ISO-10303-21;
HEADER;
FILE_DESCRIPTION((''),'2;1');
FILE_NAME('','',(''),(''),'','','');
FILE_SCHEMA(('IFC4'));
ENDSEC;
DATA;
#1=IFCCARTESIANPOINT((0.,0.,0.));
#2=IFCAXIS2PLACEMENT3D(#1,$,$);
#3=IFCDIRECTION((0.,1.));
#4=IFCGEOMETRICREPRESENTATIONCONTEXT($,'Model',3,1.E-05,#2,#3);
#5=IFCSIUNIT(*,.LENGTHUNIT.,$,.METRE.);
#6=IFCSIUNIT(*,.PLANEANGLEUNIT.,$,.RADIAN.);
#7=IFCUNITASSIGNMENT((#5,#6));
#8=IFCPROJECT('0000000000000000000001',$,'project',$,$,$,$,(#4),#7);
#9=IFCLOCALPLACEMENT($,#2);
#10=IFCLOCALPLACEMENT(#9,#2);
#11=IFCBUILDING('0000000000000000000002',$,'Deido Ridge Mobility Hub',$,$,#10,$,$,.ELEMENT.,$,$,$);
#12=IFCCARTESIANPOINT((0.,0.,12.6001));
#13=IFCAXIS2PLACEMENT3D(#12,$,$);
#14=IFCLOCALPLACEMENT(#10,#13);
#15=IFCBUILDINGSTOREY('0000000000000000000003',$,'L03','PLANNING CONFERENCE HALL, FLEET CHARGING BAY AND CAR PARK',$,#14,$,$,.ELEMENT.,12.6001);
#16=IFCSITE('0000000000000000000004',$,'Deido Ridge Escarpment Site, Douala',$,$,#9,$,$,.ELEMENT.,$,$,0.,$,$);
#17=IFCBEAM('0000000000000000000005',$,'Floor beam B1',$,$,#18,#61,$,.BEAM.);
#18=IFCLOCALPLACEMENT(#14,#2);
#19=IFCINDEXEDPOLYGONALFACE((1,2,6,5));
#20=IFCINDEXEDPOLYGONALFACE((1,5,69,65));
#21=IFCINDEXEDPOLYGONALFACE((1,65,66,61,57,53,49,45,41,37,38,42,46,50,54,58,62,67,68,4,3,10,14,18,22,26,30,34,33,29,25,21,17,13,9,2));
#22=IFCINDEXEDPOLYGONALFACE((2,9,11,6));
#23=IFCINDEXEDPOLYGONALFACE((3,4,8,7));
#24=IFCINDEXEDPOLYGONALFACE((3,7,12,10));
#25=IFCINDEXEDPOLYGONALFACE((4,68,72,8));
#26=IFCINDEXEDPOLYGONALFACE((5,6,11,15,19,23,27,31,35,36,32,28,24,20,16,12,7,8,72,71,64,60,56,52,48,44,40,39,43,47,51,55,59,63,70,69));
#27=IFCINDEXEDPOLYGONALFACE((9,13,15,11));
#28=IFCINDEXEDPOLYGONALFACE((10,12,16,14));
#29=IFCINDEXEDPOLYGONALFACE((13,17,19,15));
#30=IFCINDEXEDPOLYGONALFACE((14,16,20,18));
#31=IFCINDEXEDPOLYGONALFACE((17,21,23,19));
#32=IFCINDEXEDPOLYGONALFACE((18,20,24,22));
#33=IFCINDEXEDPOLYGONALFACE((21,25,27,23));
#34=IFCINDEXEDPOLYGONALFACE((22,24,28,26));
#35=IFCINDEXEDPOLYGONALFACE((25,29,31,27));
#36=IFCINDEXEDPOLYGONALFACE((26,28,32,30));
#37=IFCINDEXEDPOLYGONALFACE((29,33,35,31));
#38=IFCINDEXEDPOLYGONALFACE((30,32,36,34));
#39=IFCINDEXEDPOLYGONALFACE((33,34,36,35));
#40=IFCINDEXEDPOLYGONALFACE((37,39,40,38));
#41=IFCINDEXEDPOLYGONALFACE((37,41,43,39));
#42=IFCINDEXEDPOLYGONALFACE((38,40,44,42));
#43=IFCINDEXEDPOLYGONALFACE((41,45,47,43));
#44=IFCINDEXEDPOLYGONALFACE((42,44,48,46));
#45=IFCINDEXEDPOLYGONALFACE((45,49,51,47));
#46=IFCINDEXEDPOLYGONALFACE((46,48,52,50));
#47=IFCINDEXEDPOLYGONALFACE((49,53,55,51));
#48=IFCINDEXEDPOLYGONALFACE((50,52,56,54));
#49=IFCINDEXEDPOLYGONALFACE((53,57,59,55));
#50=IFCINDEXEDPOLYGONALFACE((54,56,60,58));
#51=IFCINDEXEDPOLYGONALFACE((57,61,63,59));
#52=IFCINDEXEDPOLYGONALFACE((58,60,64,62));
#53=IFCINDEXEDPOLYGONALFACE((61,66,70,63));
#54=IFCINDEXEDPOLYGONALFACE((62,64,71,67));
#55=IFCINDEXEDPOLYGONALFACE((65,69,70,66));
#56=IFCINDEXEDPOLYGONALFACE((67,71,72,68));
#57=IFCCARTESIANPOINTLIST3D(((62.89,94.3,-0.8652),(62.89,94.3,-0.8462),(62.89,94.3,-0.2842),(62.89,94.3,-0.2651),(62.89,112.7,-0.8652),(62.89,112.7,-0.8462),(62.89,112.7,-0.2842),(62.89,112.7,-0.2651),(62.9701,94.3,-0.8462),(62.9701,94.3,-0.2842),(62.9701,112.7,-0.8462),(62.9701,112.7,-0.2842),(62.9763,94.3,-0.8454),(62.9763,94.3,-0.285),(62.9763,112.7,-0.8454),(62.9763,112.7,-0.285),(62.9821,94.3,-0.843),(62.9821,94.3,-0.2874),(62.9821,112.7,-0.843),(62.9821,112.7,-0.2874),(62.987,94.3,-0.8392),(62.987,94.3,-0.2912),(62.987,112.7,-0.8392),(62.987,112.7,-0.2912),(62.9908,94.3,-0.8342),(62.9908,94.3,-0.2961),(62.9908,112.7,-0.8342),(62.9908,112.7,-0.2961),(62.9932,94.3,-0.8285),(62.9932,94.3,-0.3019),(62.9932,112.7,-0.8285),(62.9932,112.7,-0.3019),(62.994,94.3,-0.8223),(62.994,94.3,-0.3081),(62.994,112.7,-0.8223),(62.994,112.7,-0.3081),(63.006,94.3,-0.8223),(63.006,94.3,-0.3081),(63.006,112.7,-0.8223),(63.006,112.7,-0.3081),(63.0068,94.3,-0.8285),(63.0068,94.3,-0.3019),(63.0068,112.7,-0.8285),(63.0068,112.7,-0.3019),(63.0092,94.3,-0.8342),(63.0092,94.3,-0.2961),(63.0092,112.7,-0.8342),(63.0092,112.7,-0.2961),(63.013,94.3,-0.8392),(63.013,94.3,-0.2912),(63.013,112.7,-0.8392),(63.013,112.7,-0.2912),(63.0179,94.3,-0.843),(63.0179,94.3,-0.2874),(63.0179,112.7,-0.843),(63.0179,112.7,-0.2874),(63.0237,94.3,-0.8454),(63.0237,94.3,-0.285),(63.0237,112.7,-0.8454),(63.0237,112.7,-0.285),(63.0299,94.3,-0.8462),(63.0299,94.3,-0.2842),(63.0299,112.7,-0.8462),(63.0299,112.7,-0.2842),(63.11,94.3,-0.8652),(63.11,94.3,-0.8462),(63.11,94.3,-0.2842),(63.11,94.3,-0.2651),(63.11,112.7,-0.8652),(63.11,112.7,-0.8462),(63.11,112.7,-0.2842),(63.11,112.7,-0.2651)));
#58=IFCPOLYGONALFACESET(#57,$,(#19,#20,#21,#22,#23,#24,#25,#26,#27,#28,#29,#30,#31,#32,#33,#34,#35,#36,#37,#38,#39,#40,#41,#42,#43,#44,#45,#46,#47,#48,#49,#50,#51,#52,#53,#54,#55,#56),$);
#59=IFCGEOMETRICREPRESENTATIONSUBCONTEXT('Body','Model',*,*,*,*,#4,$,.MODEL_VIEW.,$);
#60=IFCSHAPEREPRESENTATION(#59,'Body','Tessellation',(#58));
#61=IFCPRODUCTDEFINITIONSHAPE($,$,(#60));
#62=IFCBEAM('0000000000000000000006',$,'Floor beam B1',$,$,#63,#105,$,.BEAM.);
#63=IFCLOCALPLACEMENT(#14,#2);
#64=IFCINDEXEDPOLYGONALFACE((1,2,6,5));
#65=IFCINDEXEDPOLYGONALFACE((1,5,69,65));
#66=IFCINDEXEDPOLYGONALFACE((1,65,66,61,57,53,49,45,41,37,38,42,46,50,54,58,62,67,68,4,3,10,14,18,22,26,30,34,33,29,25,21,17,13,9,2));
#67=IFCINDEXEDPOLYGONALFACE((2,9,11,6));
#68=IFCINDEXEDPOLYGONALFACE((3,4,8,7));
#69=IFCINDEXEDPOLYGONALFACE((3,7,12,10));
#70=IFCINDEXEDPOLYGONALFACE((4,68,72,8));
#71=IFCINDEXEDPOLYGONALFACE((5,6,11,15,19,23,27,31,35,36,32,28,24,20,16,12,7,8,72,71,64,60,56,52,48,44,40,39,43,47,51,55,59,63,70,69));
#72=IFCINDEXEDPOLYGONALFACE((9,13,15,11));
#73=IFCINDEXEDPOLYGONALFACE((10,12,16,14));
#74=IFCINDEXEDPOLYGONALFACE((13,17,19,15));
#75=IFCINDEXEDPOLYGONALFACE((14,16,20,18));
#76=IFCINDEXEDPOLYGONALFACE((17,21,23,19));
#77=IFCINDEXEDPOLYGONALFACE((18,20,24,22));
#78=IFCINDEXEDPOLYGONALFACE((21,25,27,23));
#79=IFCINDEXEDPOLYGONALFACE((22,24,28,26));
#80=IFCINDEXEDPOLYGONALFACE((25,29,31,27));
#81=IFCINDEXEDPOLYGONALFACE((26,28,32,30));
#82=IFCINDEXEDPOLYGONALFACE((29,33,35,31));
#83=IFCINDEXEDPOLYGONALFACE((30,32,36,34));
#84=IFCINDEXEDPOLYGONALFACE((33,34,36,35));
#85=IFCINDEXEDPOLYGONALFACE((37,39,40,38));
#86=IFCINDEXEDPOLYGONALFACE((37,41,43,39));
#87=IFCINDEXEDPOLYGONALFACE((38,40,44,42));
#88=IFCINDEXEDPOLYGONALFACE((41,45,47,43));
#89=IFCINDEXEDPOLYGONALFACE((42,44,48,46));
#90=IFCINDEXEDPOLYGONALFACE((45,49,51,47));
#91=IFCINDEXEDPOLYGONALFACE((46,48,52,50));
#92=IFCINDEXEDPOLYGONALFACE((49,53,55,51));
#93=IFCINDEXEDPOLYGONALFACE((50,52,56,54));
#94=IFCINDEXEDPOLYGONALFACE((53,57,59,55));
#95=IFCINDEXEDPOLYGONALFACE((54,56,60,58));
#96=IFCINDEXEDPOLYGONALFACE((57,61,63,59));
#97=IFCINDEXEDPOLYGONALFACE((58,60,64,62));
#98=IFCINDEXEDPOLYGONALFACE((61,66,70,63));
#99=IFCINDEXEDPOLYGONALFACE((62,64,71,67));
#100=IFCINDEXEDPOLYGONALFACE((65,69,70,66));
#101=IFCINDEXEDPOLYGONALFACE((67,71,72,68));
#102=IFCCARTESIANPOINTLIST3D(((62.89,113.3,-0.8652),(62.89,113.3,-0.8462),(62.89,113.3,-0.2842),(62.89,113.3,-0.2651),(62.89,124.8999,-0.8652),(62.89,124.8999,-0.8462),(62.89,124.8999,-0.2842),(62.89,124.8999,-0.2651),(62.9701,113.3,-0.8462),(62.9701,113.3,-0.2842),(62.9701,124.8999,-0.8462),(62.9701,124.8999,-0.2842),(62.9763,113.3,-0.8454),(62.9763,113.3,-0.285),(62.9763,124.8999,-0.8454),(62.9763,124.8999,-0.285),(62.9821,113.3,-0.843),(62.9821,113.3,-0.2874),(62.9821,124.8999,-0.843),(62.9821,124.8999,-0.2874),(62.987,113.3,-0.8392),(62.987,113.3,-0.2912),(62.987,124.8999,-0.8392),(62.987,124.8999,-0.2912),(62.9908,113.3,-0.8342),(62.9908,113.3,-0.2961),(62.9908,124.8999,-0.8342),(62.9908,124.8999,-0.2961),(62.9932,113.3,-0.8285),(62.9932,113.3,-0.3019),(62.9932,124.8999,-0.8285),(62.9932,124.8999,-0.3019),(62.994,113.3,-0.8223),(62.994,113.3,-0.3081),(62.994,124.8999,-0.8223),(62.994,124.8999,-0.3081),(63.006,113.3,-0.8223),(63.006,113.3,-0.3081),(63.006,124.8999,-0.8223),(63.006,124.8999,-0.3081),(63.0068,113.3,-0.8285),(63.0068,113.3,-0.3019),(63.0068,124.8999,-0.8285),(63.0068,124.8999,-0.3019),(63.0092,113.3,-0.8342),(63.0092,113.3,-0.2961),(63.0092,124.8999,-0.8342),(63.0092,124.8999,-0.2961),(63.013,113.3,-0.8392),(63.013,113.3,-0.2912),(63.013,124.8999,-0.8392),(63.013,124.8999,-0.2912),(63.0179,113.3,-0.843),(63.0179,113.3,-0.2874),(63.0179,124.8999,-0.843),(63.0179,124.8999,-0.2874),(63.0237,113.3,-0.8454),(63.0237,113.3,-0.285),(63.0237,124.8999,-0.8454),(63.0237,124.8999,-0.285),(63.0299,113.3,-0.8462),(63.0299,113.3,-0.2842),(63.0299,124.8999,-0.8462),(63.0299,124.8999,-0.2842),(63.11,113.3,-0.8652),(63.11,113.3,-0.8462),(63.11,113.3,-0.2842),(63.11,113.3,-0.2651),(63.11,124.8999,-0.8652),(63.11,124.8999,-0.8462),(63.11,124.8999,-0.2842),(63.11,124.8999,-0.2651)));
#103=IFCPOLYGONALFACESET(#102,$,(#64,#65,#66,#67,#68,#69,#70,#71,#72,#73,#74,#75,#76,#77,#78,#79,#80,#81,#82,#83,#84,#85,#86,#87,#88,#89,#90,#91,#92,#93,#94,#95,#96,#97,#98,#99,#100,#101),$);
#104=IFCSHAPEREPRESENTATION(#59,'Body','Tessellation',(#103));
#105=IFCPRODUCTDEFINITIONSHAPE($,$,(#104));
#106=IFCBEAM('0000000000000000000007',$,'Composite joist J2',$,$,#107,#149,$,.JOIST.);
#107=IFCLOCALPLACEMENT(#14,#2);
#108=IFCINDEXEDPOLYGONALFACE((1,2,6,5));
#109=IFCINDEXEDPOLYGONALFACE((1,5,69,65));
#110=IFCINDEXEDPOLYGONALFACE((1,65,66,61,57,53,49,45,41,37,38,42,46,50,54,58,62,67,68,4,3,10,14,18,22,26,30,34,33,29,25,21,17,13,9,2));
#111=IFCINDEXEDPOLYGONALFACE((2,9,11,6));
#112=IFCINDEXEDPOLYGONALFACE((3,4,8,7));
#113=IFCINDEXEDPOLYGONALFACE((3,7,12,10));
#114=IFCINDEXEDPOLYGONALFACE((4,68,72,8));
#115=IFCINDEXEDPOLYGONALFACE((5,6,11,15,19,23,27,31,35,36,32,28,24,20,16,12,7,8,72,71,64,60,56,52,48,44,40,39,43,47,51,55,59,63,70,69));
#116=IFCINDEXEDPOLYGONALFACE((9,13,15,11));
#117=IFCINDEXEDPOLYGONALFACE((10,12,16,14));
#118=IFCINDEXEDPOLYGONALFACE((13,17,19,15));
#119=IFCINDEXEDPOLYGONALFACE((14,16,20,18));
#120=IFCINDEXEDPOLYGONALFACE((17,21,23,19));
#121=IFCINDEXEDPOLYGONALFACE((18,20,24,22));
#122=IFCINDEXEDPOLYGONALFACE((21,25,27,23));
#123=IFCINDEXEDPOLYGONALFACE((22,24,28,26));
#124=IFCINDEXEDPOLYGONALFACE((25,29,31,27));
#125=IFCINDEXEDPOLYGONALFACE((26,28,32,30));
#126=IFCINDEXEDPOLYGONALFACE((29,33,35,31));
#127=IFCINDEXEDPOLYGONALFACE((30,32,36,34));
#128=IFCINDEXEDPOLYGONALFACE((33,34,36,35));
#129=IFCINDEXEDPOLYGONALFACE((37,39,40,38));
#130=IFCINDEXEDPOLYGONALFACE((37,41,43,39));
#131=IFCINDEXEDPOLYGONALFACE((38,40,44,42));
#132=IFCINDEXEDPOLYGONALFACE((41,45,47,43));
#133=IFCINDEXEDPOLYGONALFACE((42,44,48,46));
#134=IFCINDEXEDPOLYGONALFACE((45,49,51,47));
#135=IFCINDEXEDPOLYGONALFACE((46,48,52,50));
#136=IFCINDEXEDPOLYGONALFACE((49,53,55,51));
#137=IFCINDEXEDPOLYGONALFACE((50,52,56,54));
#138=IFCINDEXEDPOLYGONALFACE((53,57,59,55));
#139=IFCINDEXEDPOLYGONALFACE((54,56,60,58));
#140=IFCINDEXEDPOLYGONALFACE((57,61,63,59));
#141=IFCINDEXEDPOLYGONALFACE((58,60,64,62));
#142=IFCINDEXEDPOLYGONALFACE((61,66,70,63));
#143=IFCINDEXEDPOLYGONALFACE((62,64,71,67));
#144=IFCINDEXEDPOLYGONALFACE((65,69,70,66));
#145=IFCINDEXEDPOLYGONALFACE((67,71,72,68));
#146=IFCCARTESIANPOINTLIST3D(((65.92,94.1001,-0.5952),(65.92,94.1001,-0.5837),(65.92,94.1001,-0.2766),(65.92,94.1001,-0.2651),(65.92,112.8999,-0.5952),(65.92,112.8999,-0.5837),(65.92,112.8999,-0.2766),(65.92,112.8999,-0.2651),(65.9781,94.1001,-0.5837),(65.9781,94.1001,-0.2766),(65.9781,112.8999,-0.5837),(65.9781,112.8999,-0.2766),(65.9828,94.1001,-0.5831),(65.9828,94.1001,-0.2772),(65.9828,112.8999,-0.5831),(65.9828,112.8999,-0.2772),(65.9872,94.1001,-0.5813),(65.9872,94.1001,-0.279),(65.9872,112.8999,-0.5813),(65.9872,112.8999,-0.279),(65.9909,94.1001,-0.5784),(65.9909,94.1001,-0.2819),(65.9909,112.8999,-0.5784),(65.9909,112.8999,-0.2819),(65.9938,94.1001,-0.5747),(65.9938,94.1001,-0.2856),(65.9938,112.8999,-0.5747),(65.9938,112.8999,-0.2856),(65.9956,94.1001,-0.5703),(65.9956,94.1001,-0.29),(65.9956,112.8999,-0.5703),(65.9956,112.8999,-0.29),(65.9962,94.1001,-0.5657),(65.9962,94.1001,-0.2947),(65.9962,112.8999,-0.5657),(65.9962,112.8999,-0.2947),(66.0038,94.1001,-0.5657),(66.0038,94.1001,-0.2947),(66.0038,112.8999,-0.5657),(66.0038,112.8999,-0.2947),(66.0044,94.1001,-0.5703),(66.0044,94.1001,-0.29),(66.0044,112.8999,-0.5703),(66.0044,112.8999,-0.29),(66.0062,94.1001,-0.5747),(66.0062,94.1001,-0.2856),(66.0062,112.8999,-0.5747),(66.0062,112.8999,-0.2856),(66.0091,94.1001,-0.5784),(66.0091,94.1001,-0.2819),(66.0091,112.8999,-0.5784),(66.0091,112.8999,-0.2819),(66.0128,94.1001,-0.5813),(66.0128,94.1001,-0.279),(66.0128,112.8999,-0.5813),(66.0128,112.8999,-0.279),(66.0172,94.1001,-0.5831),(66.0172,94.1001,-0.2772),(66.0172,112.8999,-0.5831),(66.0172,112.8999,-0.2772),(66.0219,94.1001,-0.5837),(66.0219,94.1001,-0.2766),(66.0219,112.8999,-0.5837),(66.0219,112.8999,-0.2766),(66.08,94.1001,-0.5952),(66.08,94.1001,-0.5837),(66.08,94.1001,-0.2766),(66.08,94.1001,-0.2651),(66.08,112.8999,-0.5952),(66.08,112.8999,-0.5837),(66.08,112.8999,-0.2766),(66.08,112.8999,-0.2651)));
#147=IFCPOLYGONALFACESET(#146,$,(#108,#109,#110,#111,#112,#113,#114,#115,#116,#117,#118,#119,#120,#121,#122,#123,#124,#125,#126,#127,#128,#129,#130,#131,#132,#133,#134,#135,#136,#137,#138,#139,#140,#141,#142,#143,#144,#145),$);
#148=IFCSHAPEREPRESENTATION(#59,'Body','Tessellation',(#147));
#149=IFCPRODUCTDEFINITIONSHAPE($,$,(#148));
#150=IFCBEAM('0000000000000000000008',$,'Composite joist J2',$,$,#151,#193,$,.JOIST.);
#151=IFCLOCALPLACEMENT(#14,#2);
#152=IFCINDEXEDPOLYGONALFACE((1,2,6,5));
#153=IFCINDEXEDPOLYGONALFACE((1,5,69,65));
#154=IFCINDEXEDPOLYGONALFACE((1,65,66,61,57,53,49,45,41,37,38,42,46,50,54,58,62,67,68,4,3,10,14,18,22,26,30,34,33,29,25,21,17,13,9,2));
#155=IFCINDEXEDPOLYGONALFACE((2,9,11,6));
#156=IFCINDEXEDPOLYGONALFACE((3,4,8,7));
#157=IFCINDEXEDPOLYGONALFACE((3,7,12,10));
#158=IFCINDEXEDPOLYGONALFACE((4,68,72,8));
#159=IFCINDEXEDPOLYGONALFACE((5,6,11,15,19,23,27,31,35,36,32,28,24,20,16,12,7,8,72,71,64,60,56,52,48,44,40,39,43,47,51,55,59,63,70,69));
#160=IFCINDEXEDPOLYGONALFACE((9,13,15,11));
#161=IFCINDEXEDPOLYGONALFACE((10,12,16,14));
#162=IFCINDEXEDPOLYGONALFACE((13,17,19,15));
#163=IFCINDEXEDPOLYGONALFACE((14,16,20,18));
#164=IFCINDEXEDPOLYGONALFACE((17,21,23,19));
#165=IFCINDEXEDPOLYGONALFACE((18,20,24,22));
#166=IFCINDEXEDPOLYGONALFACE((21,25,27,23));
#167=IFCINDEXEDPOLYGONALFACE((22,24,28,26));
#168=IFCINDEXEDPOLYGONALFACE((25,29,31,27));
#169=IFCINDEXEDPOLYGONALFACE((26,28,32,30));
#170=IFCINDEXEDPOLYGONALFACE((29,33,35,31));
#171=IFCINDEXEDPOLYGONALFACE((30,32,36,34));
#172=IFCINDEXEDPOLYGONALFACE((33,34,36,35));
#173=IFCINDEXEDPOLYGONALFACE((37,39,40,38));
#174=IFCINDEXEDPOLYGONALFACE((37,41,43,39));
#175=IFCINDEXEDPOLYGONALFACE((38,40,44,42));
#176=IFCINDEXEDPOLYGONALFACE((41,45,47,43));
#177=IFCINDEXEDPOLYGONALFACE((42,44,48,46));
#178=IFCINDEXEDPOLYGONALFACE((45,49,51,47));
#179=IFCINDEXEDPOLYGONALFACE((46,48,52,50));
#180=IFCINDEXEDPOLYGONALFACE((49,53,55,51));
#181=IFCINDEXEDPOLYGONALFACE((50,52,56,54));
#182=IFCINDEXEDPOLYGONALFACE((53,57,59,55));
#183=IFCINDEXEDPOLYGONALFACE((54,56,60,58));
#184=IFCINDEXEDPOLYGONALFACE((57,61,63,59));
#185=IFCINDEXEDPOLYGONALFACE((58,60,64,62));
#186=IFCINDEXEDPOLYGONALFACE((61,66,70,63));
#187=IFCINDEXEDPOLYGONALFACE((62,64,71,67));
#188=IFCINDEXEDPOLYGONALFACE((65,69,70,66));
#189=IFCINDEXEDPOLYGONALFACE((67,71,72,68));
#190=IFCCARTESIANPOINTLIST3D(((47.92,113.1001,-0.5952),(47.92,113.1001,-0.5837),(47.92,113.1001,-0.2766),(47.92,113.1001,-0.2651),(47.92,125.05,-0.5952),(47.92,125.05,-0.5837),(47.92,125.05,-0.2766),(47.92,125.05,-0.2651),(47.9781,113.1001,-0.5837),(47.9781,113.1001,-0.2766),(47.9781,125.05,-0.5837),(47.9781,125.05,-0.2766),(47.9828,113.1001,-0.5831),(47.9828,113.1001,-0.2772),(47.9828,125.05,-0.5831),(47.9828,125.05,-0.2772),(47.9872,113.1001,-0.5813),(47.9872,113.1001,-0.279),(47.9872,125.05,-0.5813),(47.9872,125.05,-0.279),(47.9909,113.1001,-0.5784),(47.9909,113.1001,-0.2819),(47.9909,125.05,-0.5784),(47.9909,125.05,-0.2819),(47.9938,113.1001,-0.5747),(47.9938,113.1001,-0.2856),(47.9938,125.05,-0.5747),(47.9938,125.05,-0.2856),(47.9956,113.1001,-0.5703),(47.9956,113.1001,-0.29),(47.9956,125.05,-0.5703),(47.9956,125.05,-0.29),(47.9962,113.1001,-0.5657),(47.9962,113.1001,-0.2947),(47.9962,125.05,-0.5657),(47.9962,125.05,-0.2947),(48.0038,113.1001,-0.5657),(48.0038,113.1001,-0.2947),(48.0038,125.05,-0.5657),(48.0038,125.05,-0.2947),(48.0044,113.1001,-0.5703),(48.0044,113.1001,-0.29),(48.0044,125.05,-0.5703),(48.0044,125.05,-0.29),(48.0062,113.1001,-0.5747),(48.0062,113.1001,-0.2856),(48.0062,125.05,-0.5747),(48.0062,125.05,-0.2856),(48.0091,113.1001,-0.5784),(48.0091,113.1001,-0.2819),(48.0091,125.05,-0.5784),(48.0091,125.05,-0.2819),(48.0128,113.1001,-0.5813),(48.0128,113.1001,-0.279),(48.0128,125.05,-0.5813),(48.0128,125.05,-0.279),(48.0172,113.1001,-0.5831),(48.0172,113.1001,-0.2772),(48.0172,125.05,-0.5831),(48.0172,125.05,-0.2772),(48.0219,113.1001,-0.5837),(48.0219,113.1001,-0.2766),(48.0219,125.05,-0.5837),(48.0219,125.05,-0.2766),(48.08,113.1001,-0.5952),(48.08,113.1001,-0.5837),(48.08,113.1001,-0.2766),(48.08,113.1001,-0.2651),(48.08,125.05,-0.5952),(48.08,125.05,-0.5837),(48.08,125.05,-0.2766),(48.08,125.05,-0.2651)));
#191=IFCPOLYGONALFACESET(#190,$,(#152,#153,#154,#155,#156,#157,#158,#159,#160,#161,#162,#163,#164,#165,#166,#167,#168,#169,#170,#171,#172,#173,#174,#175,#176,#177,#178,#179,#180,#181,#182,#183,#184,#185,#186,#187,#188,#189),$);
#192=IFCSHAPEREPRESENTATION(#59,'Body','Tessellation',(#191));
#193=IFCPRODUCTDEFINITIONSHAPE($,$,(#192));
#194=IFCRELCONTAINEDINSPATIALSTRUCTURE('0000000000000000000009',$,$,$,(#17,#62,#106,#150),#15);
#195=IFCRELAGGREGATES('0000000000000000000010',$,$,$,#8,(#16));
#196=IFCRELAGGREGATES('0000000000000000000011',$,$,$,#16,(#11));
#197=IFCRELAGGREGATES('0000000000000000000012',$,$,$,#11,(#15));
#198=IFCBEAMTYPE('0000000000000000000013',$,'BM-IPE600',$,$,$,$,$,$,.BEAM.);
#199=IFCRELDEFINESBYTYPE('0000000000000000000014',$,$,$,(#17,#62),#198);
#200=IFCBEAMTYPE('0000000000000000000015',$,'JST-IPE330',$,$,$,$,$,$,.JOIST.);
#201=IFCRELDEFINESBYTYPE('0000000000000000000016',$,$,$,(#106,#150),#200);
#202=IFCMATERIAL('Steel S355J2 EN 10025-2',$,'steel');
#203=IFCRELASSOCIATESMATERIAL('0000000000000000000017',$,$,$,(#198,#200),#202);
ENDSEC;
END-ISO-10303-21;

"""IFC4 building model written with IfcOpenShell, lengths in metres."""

from ifc_helpers import new_model, si_unit, direction, frame, origin, origin_2d, place, context, subcontext, project, spatial, i_section, extrude, material, material_profile, profile_set, type_object, element, save


model = new_model("IFC4")

# Units and contexts
model_context = context("Model", 3, precision=1e-05, world=origin(), true_north=direction((0.0, 1.0)))
body_context = subcontext(model_context, "Body", "Model", "MODEL_VIEW")
ifc_project = project(units=[si_unit("LENGTHUNIT", "METRE"), si_unit("PLANEANGLEUNIT", "RADIAN")], contexts=[model_context])

# Site, building, storey
site_placement = place(None, origin())
site = spatial("IfcSite", under=ifc_project, at=site_placement, Name="Deido Ridge Escarpment Site, Douala", CompositionType="ELEMENT", RefElevation=0.0)
building_placement = place(site_placement, origin())
building = spatial("IfcBuilding", under=site, at=building_placement, Name="Deido Ridge Mobility Hub", CompositionType="ELEMENT")
storey_placement = place(building_placement, frame((0.0, 0.0, 12.6001)))
storey = spatial("IfcBuildingStorey", under=building, at=storey_placement, Name="L03", Description="PLANNING CONFERENCE HALL, FLEET CHARGING BAY AND CAR PARK", CompositionType="ELEMENT", Elevation=12.6001)

# Shared definitions
ifc_material_1 = material(Name="Steel S355J2 EN 10025-2", Category="steel")

# Beams
ifc_material_profile_1 = material_profile(ifc_material_1, i_section(OverallWidth=0.22, OverallDepth=0.6001, WebThickness=0.012, FlangeThickness=0.019, FilletRadius=0.0239, at=origin_2d()), Name="IPE 600")
ifc_profile_set_1 = profile_set([ifc_material_profile_1], Name="Steel S355J2 EN 10025-2")
beam_type_1 = type_object("IfcBeamType", Name="BM-IPE600", PredefinedType="BEAM", material=ifc_profile_set_1)
beam_1_placement = place(storey_placement, frame((63.0, 94.3, -0.5652), z_axis=(0.0, 1.0, 0.0), x_axis=(-1.0, 0.0, 0.0)))
element("IfcBeam", 1, at=beam_1_placement, inside=storey, type_object=beam_type_1, Name="Floor beam B1", PredefinedType="BEAM", context=body_context, shape_type="SweptSolid", body=[
    extrude(i_section(OverallWidth=0.22, OverallDepth=0.6001, WebThickness=0.012, FlangeThickness=0.019, FilletRadius=0.0239, at=origin_2d()), origin(), (0.0, 0.0, 1.0), 18.3999),
])
beam_2_placement = place(storey_placement, frame((63.0, 113.3, -0.5652), z_axis=(0.0, 1.0, 0.0), x_axis=(-1.0, 0.0, 0.0)))
element("IfcBeam", 2, at=beam_2_placement, inside=storey, type_object=beam_type_1, Name="Floor beam B1", PredefinedType="BEAM", context=body_context, shape_type="SweptSolid", body=[
    extrude(i_section(OverallWidth=0.22, OverallDepth=0.6001, WebThickness=0.012, FlangeThickness=0.019, FilletRadius=0.0239, at=origin_2d()), origin(), (0.0, 0.0, 1.0), 11.5999),
])
ifc_material_profile_2 = material_profile(ifc_material_1, i_section(OverallWidth=0.1599, OverallDepth=0.3301, WebThickness=0.0076, FlangeThickness=0.0115, FilletRadius=0.0181, at=origin_2d()), Name="IPE 330")
ifc_profile_set_2 = profile_set([ifc_material_profile_2], Name="Steel S355J2 EN 10025-2")
beam_type_2 = type_object("IfcBeamType", Name="JST-IPE330", PredefinedType="JOIST", material=ifc_profile_set_2)
beam_3_placement = place(storey_placement, frame((66.0, 94.1001, -0.4302), z_axis=(0.0, 1.0, 0.0), x_axis=(-1.0, 0.0, 0.0)))
element("IfcBeam", 3, at=beam_3_placement, inside=storey, type_object=beam_type_2, Name="Composite joist J2", PredefinedType="JOIST", context=body_context, shape_type="SweptSolid", body=[
    extrude(i_section(OverallWidth=0.1599, OverallDepth=0.3301, WebThickness=0.0076, FlangeThickness=0.0115, FilletRadius=0.0181, at=origin_2d()), origin(), (0.0, 0.0, 1.0), 18.7998),
])
for number, where, z_axis, x_axis, name in (
    (4, (48.0, 113.1001, -0.4302), (0.0, 1.0, 0.0), (-1.0, 0.0, 0.0), "Composite joist J2"),
):
    element("IfcBeam", number, at=place(storey_placement, frame(where, z_axis=z_axis, x_axis=x_axis)), inside=storey, type_object=beam_type_2, Name=name, PredefinedType="JOIST", context=body_context, shape_type="SweptSolid", body=[
        extrude(i_section(OverallWidth=0.1599, OverallDepth=0.3301, WebThickness=0.0076, FlangeThickness=0.0115, FilletRadius=0.0181, at=origin_2d()), origin(), (0.0, 0.0, 1.0), 11.95),
    ])

save(model, "model.ifc")
